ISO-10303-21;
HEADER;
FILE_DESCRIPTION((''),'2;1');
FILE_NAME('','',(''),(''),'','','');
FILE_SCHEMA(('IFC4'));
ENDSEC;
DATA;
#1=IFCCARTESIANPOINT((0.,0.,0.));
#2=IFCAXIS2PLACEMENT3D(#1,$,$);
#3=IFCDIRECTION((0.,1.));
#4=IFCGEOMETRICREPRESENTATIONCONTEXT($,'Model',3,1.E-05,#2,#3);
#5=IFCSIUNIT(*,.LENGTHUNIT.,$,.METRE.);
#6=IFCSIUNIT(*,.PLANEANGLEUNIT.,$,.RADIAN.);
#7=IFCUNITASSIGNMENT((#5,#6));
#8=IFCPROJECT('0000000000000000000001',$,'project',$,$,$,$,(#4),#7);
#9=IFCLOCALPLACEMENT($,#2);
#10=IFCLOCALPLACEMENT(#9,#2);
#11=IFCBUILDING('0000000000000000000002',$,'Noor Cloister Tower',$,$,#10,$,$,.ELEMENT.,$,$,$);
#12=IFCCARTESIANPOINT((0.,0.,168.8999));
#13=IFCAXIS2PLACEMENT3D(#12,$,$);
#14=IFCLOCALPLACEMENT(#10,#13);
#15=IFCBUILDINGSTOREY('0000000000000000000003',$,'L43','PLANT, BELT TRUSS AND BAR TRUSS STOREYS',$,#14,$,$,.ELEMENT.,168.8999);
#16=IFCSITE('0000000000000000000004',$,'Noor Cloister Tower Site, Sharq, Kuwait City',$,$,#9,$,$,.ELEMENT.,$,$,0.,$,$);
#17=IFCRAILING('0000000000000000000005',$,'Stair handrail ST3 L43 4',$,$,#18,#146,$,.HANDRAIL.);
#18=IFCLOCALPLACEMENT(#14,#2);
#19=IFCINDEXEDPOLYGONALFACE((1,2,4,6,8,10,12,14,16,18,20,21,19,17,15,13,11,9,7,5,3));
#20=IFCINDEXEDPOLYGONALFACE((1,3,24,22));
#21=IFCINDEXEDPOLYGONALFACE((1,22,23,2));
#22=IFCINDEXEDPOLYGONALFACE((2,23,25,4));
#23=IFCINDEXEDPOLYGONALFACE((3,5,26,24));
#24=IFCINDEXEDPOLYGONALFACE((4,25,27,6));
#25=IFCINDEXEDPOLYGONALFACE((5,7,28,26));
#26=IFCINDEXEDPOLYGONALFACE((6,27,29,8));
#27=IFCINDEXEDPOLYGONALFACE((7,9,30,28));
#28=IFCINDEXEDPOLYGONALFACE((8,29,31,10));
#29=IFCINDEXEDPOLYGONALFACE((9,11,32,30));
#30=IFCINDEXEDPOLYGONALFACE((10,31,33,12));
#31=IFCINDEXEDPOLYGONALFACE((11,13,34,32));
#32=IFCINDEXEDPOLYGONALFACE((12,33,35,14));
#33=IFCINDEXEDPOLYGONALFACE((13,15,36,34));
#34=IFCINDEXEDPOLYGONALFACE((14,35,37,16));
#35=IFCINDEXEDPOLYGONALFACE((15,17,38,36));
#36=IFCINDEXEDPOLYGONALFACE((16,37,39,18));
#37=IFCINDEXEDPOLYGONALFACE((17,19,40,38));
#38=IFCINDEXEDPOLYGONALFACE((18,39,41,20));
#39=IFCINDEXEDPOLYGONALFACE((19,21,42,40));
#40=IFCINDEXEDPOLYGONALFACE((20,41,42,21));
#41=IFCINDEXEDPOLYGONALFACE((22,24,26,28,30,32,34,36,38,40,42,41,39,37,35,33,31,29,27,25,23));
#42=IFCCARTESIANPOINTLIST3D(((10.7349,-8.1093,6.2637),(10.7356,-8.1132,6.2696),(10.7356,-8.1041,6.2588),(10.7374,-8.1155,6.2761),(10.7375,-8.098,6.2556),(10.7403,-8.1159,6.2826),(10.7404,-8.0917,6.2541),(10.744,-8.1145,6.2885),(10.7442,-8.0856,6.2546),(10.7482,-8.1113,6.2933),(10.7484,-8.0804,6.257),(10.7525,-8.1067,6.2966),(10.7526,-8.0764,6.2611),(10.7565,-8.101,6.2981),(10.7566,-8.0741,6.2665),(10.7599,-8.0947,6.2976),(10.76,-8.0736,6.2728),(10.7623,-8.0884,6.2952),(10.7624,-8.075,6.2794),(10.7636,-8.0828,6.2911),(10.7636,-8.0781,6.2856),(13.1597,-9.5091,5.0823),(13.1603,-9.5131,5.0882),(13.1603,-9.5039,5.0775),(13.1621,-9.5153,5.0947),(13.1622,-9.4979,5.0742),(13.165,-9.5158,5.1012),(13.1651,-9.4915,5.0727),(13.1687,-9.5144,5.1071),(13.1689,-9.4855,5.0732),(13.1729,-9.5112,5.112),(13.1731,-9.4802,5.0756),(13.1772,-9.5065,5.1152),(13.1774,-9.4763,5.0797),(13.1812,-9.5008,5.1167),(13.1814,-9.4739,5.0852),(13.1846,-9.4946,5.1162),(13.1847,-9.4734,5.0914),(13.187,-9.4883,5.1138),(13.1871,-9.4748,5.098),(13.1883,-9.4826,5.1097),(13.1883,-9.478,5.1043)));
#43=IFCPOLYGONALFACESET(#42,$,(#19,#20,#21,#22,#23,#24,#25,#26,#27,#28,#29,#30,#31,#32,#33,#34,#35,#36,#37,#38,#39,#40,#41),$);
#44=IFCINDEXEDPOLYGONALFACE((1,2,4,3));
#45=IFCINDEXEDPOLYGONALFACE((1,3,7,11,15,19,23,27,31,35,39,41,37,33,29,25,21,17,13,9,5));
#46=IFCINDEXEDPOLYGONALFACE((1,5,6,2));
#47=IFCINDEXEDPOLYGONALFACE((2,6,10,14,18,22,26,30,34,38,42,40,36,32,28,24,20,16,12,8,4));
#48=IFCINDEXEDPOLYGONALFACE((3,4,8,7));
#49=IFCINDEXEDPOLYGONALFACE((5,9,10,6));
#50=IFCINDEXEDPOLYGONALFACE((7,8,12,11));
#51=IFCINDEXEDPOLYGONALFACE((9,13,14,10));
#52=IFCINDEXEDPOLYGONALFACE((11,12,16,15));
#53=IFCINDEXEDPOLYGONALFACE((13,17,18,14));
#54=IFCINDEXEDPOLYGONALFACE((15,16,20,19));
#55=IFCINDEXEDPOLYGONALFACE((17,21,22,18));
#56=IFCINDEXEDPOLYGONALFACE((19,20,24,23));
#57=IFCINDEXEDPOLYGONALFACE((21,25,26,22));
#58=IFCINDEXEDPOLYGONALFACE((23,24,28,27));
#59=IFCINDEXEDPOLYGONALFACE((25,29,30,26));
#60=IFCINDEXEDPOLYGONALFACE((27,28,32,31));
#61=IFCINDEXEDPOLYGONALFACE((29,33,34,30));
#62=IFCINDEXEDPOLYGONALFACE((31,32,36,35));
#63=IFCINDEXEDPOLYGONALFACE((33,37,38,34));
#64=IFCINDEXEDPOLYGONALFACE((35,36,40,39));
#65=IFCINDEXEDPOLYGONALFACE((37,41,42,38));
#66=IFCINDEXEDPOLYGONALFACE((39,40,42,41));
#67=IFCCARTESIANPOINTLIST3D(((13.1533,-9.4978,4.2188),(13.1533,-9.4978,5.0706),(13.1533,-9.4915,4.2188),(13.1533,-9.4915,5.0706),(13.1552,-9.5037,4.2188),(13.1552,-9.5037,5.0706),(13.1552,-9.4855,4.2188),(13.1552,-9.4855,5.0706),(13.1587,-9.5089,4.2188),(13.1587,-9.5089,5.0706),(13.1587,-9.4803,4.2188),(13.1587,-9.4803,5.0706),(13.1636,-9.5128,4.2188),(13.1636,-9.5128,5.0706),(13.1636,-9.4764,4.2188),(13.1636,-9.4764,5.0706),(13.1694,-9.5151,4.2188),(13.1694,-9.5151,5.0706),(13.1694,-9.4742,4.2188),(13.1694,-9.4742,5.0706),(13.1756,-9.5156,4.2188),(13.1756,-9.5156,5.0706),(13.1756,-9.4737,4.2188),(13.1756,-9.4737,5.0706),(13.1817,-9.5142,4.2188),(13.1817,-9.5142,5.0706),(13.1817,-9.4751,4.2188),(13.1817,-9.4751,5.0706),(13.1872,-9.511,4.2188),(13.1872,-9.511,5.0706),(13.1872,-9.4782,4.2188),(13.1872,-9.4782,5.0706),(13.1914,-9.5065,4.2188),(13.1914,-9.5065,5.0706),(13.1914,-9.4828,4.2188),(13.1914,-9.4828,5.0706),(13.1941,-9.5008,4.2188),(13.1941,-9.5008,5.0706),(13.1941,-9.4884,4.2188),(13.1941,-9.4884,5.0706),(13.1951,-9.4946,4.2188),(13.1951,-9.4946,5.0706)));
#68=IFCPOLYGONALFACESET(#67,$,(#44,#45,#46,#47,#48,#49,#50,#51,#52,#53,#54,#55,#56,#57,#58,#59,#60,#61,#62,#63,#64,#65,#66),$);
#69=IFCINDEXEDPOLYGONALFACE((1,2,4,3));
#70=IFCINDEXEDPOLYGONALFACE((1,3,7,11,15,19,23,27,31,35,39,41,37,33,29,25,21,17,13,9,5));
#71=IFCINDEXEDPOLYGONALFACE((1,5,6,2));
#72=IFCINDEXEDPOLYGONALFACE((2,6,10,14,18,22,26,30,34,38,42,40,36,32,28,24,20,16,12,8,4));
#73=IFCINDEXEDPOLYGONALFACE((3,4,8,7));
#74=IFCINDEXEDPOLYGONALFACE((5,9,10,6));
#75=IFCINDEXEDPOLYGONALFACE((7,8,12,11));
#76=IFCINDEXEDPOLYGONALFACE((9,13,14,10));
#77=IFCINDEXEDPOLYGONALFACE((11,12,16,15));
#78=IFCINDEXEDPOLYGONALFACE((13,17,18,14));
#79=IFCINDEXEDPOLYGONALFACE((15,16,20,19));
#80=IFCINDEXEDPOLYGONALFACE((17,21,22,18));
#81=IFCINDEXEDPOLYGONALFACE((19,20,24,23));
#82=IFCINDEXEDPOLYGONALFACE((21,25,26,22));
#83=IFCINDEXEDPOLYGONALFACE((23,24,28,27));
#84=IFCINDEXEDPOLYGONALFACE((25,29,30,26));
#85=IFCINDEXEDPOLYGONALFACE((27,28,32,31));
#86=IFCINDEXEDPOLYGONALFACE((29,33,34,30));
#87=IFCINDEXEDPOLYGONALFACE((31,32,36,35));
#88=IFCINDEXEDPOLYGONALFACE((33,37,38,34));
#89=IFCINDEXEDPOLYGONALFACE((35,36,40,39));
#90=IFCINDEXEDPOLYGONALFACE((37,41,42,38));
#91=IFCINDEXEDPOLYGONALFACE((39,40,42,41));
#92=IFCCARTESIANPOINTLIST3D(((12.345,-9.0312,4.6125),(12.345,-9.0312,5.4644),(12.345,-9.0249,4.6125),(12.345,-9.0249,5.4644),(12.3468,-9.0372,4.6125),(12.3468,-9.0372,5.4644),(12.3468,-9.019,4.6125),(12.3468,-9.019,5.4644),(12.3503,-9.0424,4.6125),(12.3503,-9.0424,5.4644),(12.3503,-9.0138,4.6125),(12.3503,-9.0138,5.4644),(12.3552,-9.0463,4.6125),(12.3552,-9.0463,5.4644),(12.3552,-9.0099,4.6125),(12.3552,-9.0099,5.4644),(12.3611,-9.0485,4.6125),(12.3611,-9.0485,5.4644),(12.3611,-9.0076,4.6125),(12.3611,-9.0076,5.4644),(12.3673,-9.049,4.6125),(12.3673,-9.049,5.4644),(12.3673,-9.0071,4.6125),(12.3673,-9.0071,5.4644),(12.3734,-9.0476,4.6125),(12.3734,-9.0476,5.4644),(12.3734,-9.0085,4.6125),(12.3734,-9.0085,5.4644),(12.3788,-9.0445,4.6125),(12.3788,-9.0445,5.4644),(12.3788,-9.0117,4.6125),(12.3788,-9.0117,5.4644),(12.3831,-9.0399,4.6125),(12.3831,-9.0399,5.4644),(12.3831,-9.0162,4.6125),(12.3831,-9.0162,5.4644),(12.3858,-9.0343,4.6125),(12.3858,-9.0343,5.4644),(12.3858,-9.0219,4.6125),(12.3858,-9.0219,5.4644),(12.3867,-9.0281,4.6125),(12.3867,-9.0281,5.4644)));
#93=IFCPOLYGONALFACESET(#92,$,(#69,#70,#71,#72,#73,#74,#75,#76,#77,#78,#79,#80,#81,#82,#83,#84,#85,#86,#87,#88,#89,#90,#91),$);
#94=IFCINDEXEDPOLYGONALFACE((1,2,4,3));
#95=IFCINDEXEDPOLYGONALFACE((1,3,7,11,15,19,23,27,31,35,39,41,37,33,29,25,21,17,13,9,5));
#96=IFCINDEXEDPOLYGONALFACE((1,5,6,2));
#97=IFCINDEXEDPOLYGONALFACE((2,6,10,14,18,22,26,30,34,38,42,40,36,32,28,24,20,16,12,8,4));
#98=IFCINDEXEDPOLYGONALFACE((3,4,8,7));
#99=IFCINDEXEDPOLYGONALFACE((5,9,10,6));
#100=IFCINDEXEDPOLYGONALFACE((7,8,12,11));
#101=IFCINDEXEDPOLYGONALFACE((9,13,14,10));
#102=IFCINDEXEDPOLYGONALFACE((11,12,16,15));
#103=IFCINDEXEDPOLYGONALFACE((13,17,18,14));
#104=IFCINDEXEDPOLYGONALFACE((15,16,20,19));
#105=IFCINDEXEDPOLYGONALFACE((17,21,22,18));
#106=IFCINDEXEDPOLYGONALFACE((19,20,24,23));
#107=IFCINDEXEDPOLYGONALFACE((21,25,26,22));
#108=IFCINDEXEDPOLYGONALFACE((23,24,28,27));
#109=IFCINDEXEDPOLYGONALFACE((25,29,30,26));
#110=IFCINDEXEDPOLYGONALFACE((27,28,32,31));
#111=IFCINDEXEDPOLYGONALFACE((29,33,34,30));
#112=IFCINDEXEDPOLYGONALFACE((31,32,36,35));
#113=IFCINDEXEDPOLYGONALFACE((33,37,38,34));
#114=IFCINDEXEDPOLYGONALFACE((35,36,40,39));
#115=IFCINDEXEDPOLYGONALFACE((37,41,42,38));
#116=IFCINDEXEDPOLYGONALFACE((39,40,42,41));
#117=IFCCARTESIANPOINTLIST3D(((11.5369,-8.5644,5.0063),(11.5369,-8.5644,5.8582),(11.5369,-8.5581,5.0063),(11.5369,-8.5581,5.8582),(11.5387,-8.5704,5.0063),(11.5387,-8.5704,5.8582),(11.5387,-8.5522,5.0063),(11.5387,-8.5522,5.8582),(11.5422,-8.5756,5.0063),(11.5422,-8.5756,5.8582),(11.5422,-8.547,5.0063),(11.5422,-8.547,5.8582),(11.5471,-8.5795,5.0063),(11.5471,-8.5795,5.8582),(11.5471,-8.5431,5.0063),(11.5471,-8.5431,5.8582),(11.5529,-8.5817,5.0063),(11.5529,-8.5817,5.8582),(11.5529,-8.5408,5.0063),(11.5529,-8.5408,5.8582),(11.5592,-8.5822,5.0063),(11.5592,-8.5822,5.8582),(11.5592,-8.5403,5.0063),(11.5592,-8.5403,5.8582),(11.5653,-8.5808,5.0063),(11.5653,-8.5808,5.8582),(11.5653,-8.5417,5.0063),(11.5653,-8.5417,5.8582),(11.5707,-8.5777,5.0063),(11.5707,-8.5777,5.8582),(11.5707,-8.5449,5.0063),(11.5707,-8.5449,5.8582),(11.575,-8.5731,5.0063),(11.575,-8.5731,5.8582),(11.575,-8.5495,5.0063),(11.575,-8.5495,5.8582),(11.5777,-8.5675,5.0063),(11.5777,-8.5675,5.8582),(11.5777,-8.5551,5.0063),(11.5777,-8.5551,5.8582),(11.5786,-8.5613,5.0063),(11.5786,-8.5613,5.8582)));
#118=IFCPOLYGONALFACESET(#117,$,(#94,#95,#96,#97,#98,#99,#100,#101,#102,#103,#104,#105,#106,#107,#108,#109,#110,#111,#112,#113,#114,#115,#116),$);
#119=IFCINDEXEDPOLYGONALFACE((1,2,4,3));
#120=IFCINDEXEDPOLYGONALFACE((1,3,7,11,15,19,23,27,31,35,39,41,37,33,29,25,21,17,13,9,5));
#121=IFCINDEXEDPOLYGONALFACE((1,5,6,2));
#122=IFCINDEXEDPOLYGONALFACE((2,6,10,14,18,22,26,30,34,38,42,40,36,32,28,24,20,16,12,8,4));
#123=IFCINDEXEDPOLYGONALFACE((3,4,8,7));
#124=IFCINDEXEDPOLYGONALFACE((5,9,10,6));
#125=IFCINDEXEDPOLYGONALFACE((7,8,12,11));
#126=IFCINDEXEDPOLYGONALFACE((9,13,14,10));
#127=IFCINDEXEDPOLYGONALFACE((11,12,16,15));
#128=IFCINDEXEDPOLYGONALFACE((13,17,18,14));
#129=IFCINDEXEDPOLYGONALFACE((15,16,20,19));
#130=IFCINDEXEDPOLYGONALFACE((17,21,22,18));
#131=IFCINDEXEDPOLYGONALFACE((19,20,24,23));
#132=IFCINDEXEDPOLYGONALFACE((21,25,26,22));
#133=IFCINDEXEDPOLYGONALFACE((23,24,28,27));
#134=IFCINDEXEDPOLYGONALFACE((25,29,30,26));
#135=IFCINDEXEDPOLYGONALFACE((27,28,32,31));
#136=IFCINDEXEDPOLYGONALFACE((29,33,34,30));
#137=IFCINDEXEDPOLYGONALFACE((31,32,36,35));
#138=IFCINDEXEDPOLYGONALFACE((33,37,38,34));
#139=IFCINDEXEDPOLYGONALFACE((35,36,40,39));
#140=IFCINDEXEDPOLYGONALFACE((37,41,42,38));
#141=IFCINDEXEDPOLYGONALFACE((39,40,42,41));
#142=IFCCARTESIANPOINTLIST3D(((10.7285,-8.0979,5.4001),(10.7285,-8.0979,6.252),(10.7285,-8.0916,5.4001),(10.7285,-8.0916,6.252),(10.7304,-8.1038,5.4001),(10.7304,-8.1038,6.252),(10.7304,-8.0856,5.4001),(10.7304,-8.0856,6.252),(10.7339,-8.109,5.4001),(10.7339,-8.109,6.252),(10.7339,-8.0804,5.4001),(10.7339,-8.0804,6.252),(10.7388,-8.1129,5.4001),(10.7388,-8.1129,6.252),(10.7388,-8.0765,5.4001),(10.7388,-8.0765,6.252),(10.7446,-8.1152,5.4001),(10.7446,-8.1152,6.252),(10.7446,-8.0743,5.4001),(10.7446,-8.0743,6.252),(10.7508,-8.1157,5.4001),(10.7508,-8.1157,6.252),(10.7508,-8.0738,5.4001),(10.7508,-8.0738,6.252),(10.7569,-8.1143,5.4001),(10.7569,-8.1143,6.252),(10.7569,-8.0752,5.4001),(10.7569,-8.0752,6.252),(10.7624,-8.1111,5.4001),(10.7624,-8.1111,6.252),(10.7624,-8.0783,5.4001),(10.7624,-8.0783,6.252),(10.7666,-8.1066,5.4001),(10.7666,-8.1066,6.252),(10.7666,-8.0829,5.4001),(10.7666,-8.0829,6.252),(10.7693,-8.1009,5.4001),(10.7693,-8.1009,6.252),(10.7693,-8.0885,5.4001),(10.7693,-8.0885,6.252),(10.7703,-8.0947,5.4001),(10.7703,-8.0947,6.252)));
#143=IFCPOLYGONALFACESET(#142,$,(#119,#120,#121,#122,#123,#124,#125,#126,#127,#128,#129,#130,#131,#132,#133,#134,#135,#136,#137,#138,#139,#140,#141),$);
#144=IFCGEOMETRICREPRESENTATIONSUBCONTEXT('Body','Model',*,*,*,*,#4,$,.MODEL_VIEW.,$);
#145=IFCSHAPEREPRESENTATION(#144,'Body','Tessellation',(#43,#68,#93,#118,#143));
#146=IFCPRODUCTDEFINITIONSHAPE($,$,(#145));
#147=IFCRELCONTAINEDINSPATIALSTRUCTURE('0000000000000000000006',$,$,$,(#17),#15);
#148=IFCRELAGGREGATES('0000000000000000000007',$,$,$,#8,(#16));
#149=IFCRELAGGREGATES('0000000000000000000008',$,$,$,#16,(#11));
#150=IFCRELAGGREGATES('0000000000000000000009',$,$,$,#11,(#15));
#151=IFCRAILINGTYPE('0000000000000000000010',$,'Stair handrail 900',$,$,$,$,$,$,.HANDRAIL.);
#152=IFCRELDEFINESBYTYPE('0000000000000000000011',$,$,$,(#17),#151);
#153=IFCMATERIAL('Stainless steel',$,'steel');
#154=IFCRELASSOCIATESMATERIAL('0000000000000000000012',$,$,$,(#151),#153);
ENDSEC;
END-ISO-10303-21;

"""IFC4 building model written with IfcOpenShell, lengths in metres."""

from ifc_helpers import new_model, si_unit, direction, frame, origin, origin_2d, place, context, subcontext, project, spatial, circle, extrude, material, type_object, element, save


model = new_model("IFC4")

# Units and contexts
model_context = context("Model", 3, precision=1e-05, world=origin(), true_north=direction((0.0, 1.0)))
body_context = subcontext(model_context, "Body", "Model", "MODEL_VIEW")
ifc_project = project(units=[si_unit("LENGTHUNIT", "METRE"), si_unit("PLANEANGLEUNIT", "RADIAN")], contexts=[model_context])

# Site, building, storey
site_placement = place(None, origin())
site = spatial("IfcSite", under=ifc_project, at=site_placement, Name="Noor Cloister Tower Site, Sharq, Kuwait City", CompositionType="ELEMENT", RefElevation=0.0)
building_placement = place(site_placement, origin())
building = spatial("IfcBuilding", under=site, at=building_placement, Name="Noor Cloister Tower", CompositionType="ELEMENT")
storey_placement = place(building_placement, frame((0.0, 0.0, 168.8999)))
storey = spatial("IfcBuildingStorey", under=building, at=storey_placement, Name="L43", Description="PLANT, BELT TRUSS AND BAR TRUSS STOREYS", CompositionType="ELEMENT", Elevation=168.8999)

# Railing
ifc_material_1 = material(Name="Stainless steel", Category="steel")
railing_type_1 = type_object("IfcRailingType", Name="Stair handrail 900", PredefinedType="HANDRAIL", material=ifc_material_1)
railing_1_placement = place(storey_placement, frame((13.1741, -9.4946, 4.2188)))
element("IfcRailing", 1, at=railing_1_placement, inside=storey, type_object=railing_type_1, Name="Stair handrail ST3 L43 4", PredefinedType="HANDRAIL", context=body_context, shape_type="SweptSolid", body=[
    extrude(circle(Radius=0.0239, at=origin_2d()), frame((0.0, 0.0, 0.876), z_axis=(-0.797914, 0.460656, 0.388754), x_axis=(-0.499984, -0.866035, 0.0)), (0.0, 0.0, 1.0), 3.0388),
    extrude(circle(Radius=0.021, at=origin_2d()), origin(), (0.0, 0.0, 1.0), 0.8518),
    extrude(circle(Radius=0.021, at=origin_2d()), frame((-0.8083, 0.4666, 0.3938)), (0.0, 0.0, 1.0), 0.8518),
    extrude(circle(Radius=0.021, at=origin_2d()), frame((-1.6165, 0.9333, 0.7876)), (0.0, 0.0, 1.0), 0.8518),
    extrude(circle(Radius=0.021, at=origin_2d()), frame((-2.4248, 1.3999, 1.1814)), (0.0, 0.0, 1.0), 0.8518),
])

save(model, "model.ifc")
